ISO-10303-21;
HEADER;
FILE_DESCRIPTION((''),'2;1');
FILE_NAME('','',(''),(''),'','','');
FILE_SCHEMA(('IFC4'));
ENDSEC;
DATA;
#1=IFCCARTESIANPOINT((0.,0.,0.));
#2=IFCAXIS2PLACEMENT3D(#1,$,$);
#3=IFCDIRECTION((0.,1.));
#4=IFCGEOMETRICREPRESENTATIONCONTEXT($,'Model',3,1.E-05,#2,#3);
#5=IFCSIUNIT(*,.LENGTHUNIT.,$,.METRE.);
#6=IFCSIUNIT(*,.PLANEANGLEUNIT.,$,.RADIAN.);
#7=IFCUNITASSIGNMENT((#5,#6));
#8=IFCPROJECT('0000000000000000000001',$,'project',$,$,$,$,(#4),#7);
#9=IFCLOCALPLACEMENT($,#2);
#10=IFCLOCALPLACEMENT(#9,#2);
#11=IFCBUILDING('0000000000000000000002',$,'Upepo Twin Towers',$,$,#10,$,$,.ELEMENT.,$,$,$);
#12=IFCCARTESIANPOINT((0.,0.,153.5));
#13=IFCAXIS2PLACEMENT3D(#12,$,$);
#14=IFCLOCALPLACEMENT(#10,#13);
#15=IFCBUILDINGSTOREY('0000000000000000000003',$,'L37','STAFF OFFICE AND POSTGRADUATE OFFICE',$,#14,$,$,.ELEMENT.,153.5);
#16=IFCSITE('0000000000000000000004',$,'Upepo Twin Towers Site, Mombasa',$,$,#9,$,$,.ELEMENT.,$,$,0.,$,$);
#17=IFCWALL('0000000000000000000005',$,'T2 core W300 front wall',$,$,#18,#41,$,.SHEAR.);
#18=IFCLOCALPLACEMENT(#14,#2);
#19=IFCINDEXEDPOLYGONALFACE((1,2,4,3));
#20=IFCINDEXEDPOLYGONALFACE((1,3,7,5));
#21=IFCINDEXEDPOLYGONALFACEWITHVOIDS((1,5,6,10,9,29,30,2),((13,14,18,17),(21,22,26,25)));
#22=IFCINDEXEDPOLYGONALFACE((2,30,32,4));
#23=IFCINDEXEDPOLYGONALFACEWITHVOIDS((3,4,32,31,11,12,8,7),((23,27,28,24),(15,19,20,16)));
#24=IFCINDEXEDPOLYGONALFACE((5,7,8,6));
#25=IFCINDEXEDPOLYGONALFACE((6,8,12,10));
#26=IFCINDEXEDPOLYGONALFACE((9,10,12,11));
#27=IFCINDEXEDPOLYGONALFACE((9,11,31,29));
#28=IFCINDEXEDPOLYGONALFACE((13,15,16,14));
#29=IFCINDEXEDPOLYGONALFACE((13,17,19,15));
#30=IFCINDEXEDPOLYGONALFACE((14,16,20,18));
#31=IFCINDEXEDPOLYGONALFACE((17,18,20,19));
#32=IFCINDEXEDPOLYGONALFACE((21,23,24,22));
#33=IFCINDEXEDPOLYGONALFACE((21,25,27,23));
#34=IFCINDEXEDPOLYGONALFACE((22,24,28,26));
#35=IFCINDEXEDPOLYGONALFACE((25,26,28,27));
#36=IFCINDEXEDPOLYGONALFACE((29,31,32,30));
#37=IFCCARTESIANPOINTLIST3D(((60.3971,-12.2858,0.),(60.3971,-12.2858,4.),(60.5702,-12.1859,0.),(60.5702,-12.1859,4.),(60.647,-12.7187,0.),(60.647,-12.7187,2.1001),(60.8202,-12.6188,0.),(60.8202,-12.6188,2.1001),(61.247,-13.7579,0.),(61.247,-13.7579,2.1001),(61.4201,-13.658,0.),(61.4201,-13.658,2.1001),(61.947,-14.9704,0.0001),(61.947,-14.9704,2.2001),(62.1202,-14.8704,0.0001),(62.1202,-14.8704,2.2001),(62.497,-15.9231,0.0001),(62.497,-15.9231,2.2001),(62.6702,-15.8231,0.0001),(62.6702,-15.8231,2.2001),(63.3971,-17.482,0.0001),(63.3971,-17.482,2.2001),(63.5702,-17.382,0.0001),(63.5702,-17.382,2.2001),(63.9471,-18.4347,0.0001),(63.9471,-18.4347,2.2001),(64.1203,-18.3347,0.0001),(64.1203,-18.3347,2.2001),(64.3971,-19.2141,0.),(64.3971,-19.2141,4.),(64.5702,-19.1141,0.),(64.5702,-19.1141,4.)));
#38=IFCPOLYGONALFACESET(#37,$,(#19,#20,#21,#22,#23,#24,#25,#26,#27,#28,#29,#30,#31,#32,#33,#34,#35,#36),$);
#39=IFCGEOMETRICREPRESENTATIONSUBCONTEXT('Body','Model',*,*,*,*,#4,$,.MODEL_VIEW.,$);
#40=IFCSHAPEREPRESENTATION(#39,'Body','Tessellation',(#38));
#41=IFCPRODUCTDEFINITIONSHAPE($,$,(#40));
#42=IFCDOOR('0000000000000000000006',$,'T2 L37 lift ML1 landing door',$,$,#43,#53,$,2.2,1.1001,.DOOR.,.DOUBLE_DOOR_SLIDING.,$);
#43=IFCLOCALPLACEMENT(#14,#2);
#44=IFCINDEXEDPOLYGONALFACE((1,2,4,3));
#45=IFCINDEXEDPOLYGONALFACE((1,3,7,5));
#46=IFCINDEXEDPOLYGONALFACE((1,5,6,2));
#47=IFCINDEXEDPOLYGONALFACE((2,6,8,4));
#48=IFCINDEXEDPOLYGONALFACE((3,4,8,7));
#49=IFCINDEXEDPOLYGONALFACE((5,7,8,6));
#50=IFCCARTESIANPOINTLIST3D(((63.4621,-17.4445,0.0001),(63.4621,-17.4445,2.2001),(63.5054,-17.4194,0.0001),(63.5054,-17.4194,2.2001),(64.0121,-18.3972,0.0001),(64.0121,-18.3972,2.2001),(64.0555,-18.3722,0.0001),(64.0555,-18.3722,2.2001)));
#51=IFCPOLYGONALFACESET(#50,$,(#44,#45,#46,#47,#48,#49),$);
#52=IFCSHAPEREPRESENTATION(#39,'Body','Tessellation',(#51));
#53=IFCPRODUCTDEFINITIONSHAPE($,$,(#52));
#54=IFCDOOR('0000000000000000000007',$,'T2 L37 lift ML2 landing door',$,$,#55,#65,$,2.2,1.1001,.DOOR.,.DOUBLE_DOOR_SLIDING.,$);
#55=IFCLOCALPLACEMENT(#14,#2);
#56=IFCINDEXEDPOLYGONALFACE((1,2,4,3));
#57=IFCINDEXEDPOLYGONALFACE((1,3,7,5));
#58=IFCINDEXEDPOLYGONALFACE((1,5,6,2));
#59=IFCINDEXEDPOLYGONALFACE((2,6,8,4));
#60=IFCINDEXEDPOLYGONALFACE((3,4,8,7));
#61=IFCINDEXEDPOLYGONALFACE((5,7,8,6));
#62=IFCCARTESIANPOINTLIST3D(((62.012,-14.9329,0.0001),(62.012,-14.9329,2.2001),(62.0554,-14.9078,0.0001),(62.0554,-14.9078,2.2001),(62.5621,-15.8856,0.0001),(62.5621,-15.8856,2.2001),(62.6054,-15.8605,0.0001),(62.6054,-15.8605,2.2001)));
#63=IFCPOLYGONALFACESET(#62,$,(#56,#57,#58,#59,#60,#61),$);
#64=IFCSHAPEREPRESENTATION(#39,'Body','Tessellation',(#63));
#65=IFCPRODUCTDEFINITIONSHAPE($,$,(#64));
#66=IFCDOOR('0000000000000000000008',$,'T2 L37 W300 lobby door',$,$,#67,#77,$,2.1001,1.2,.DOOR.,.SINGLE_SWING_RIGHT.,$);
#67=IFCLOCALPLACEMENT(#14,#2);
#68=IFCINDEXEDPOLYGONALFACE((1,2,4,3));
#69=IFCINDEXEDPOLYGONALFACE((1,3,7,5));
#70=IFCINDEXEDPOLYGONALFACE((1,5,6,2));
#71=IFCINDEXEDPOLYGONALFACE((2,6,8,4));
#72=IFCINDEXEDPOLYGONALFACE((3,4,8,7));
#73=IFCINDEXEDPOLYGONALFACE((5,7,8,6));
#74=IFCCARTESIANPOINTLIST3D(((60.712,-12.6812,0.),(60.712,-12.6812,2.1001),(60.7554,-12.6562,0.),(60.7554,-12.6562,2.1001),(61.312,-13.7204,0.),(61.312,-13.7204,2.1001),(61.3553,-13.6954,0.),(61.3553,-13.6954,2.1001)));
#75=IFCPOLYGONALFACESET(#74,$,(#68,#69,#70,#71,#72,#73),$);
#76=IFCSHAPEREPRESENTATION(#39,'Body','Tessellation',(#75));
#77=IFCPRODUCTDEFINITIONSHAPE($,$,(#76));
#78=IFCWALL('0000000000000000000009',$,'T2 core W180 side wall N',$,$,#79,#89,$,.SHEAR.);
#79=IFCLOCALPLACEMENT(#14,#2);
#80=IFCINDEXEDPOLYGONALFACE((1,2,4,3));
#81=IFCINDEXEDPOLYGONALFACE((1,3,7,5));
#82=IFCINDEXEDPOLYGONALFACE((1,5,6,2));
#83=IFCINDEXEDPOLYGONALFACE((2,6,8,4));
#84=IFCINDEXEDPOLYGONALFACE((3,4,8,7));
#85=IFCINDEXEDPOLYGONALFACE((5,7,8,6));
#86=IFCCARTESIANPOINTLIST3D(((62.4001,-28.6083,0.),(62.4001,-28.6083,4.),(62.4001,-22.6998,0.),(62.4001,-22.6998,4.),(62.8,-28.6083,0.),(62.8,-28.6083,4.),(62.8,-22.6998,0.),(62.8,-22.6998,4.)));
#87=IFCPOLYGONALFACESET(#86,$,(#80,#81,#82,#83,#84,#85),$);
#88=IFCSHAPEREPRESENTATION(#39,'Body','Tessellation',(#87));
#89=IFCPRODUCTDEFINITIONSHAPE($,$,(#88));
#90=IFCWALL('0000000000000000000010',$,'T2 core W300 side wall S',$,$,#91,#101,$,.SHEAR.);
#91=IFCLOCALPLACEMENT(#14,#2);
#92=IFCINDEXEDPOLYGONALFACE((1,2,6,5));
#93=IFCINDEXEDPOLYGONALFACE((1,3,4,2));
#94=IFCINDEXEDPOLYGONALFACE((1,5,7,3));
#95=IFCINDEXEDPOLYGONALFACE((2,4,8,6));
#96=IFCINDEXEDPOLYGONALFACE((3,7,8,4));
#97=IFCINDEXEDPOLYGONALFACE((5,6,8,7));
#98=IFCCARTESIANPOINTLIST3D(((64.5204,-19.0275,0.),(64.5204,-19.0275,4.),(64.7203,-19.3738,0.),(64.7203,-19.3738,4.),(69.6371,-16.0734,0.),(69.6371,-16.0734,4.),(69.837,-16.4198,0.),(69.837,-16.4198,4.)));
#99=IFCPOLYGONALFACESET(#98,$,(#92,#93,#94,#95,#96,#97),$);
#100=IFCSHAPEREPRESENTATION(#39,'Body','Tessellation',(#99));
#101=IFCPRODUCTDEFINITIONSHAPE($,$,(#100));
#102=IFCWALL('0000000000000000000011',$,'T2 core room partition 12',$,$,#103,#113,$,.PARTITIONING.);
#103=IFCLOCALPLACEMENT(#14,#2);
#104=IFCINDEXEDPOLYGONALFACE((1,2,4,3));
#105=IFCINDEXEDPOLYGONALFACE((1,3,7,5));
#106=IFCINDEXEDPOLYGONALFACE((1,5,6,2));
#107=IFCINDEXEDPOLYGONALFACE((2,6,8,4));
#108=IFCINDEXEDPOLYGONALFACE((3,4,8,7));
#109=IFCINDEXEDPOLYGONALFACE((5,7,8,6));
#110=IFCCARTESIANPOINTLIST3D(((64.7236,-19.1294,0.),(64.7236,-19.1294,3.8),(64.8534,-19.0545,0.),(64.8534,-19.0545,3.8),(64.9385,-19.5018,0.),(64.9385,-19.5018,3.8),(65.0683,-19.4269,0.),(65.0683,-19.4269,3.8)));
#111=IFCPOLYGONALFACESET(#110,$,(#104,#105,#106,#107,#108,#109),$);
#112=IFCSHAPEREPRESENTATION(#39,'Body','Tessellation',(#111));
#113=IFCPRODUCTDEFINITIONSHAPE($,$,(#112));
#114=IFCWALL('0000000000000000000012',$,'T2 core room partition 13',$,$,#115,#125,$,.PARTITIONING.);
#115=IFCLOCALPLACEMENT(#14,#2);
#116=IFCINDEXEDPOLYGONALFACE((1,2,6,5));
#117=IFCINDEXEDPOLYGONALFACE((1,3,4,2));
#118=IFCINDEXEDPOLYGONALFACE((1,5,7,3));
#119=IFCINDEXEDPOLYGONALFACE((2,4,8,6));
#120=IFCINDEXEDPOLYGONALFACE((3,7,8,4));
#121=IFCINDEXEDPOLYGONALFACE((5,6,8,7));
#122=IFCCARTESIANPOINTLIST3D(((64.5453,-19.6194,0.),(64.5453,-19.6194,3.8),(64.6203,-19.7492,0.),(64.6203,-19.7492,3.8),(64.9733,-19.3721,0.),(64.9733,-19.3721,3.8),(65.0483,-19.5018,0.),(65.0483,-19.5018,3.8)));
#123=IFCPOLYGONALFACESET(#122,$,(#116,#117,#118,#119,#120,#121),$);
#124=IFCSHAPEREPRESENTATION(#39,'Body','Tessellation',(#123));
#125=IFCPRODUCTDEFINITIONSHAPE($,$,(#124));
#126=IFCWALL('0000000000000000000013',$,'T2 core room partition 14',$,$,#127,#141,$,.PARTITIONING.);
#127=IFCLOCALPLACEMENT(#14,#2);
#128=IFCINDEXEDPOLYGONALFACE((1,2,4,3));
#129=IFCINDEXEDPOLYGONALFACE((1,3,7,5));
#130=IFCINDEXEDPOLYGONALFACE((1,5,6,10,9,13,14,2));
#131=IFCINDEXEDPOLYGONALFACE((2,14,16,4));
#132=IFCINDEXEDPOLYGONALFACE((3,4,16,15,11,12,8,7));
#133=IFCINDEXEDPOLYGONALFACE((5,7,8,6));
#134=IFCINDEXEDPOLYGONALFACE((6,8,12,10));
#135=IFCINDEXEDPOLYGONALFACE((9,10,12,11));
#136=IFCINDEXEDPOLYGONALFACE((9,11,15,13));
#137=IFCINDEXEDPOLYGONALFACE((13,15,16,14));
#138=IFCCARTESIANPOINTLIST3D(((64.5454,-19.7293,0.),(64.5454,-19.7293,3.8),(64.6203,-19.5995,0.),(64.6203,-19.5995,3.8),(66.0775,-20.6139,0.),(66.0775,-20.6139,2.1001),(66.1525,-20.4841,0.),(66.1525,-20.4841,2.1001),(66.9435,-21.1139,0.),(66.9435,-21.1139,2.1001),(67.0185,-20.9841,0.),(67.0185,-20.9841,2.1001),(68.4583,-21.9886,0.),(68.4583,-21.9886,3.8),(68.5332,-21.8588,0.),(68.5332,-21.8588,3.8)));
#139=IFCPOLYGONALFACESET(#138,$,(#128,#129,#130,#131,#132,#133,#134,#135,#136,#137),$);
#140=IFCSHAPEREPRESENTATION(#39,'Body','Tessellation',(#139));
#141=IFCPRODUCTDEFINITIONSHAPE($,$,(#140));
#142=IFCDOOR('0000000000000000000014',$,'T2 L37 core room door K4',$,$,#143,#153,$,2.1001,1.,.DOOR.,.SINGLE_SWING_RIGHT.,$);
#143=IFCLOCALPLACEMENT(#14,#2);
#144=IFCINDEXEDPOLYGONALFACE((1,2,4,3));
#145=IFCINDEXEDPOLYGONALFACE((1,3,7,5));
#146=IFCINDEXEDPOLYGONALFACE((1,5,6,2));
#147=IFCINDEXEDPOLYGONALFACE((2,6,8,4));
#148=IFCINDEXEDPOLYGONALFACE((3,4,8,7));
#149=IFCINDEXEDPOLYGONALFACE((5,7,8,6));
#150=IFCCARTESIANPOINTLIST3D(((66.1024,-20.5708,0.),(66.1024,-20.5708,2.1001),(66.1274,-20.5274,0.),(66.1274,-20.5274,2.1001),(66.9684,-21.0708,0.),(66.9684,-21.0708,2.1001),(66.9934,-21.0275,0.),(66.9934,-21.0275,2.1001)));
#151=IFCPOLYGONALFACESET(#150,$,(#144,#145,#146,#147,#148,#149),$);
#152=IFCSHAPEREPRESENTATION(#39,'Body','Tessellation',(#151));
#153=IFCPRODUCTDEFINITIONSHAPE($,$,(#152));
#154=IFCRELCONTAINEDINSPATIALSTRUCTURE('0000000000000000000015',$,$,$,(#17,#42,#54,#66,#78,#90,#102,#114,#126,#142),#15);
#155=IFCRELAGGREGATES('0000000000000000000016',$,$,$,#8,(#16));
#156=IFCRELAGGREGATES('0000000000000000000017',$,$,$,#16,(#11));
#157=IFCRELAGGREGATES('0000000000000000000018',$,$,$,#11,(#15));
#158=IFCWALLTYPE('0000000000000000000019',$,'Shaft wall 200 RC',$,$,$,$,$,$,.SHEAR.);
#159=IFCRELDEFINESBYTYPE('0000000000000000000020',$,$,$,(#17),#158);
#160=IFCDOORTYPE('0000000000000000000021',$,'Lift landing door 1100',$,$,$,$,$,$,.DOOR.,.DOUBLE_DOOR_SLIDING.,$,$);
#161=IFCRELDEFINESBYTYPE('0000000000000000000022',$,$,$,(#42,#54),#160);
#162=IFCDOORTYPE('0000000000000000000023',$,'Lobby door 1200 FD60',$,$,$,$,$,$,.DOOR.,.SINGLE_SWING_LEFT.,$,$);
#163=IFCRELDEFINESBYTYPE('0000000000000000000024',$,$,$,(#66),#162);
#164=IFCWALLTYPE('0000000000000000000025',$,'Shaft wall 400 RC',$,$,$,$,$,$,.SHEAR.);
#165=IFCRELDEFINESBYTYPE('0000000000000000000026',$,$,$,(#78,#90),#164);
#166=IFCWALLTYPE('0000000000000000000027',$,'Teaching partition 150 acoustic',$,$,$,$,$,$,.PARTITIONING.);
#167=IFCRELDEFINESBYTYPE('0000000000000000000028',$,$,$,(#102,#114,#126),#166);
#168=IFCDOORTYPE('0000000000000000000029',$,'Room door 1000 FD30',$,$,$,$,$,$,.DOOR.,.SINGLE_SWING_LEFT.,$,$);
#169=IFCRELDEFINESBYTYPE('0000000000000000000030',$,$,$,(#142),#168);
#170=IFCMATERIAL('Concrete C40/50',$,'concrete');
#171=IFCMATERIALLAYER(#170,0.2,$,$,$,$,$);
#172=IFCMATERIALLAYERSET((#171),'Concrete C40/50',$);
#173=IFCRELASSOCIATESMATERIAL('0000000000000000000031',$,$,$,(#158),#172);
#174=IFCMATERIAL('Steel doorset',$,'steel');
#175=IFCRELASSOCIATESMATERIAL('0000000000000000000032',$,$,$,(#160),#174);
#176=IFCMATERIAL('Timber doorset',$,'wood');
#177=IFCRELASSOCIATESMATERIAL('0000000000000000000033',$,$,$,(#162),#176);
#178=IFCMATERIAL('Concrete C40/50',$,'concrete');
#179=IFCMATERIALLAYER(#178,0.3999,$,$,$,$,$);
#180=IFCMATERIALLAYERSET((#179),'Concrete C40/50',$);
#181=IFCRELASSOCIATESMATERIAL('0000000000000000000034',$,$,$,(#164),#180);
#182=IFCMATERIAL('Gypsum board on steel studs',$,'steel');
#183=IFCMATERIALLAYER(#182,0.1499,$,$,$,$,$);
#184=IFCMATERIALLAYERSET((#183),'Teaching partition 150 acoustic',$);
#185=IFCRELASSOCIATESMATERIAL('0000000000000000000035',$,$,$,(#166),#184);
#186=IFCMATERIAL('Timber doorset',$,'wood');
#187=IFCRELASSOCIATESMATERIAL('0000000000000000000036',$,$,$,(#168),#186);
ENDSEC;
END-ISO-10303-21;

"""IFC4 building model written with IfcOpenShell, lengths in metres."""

from ifc_helpers import new_model, si_unit, direction, frame, frame_2d, origin, place, context, subcontext, project, spatial, rectangle, extrude, material, layer, layer_set, type_object, element, fill, save


model = new_model("IFC4")

# Units and contexts
model_context = context("Model", 3, precision=1e-05, world=origin(), true_north=direction((0.0, 1.0)))
body_context = subcontext(model_context, "Body", "Model", "MODEL_VIEW")
ifc_project = project(units=[si_unit("LENGTHUNIT", "METRE"), si_unit("PLANEANGLEUNIT", "RADIAN")], contexts=[model_context])

# Site, building, storey
site_placement = place(None, origin())
site = spatial("IfcSite", under=ifc_project, at=site_placement, Name="Upepo Twin Towers Site, Mombasa", CompositionType="ELEMENT", RefElevation=0.0)
building_placement = place(site_placement, origin())
building = spatial("IfcBuilding", under=site, at=building_placement, Name="Upepo Twin Towers", CompositionType="ELEMENT")
storey_placement = place(building_placement, frame((0.0, 0.0, 153.5)))
storey = spatial("IfcBuildingStorey", under=building, at=storey_placement, Name="L37", Description="STAFF OFFICE AND POSTGRADUATE OFFICE", CompositionType="ELEMENT", Elevation=153.5)

# Shared definitions
ifc_material_1 = material(Name="Concrete C40/50", Category="concrete")
ifc_layer_1 = layer(ifc_material_1, 0.2)
ifc_layer_set_1 = layer_set([ifc_layer_1], Name="Concrete C40/50")
wall_type_1 = type_object("IfcWallType", Name="Shaft wall 200 RC", PredefinedType="SHEAR", material=ifc_layer_set_1)

# Wall, openings, doors
wall_1_placement = place(storey_placement, frame((64.4836, -19.1641, 0.0), z_axis=(0.0, 0.0, 1.0), x_axis=(-0.499999, 0.866026, 0.0)))
wall_1 = element("IfcWall", 1, at=wall_1_placement, inside=storey, type_object=wall_type_1, Name="T2 core W300 front wall", PredefinedType="SHEAR", context=body_context, shape_type="SweptSolid", body=[
    extrude(rectangle(XDim=8.0, YDim=0.2, at=frame_2d((4.0, 0.0))), origin(), (0.0, 0.0, 1.0), 4.0),
])
opening_1_placement = place(wall_1_placement, frame((6.3, 0.0, 0.0)))
opening_1 = element("IfcOpeningElement", 2, at=opening_1_placement, cuts=wall_1, PredefinedType="OPENING", context=body_context, shape_type="SweptSolid", body=[
    extrude(rectangle(XDim=1.2, YDim=2.1001, at=frame_2d((0.6001, 1.05))), frame((0.0, 0.1099, 0.0), z_axis=(0.0, -1.0, 0.0), x_axis=(1.0, 0.0, 0.0)), (0.0, 0.0, 1.0), 0.22),
])
opening_2_placement = place(wall_1_placement, frame((0.8999, 0.0, 0.0)))
opening_2 = element("IfcOpeningElement", 3, at=opening_2_placement, cuts=wall_1, PredefinedType="OPENING", context=body_context, shape_type="SweptSolid", body=[
    extrude(rectangle(XDim=1.1001, YDim=2.2, at=frame_2d((0.55, 1.1001))), frame((0.0, 0.1099, 0.0), z_axis=(0.0, -1.0, 0.0), x_axis=(1.0, 0.0, 0.0)), (0.0, 0.0, 1.0), 0.22),
])
opening_3_placement = place(wall_1_placement, frame((3.8, 0.0, 0.0)))
opening_3 = element("IfcOpeningElement", 4, at=opening_3_placement, cuts=wall_1, PredefinedType="OPENING", context=body_context, shape_type="SweptSolid", body=[
    extrude(rectangle(XDim=1.1001, YDim=2.2, at=frame_2d((0.55, 1.1001))), frame((0.0, 0.1099, 0.0), z_axis=(0.0, -1.0, 0.0), x_axis=(1.0, 0.0, 0.0)), (0.0, 0.0, 1.0), 0.22),
])
ifc_material_2 = material(Name="Steel doorset", Category="steel")
door_type_1 = type_object("IfcDoorType", Name="Lift landing door 1100", OperationType="DOUBLE_DOOR_SLIDING", PredefinedType="DOOR", material=ifc_material_2)
door_1_placement = place(opening_2_placement, origin())
door_1 = element("IfcDoor", 5, at=door_1_placement, inside=storey, type_object=door_type_1, Name="T2 L37 lift ML1 landing door", OperationType="DOUBLE_DOOR_SLIDING", OverallHeight=2.2, OverallWidth=1.1001, PredefinedType="DOOR", context=body_context, shape_type="SweptSolid", body=[
    extrude(rectangle(XDim=1.1001, YDim=2.2, at=frame_2d((0.55, 1.1001))), frame((0.0, 0.0249, 0.0), z_axis=(0.0, -1.0, 0.0), x_axis=(1.0, 0.0, 0.0)), (0.0, 0.0, 1.0), 0.05),
])
fill(opening_2, door_1)
door_2_placement = place(opening_3_placement, origin())
door_2 = element("IfcDoor", 6, at=door_2_placement, inside=storey, type_object=door_type_1, Name="T2 L37 lift ML2 landing door", OperationType="DOUBLE_DOOR_SLIDING", OverallHeight=2.2, OverallWidth=1.1001, PredefinedType="DOOR", context=body_context, shape_type="SweptSolid", body=[
    extrude(rectangle(XDim=1.1001, YDim=2.2, at=frame_2d((0.55, 1.1001))), frame((0.0, 0.0249, 0.0), z_axis=(0.0, -1.0, 0.0), x_axis=(1.0, 0.0, 0.0)), (0.0, 0.0, 1.0), 0.05),
])
fill(opening_3, door_2)
ifc_material_3 = material(Name="Timber doorset", Category="wood")
door_type_2 = type_object("IfcDoorType", Name="Lobby door 1200 FD60", OperationType="SINGLE_SWING_LEFT", PredefinedType="DOOR", material=ifc_material_3)
door_3_placement = place(opening_1_placement, origin())
door_3 = element("IfcDoor", 7, at=door_3_placement, inside=storey, type_object=door_type_2, Name="T2 L37 W300 lobby door", OperationType="SINGLE_SWING_RIGHT", OverallHeight=2.1001, OverallWidth=1.2, PredefinedType="DOOR", context=body_context, shape_type="SweptSolid", body=[
    extrude(rectangle(XDim=1.2, YDim=2.1001, at=frame_2d((0.6001, 1.05))), frame((0.0, 0.0249, 0.0), z_axis=(0.0, -1.0, 0.0), x_axis=(1.0, 0.0, 0.0)), (0.0, 0.0, 1.0), 0.05),
])
fill(opening_1, door_3)

# Walls
ifc_material_4 = material(Name="Concrete C40/50", Category="concrete")
ifc_layer_2 = layer(ifc_material_4, 0.3999)
ifc_layer_set_2 = layer_set([ifc_layer_2], Name="Concrete C40/50")
wall_type_2 = type_object("IfcWallType", Name="Shaft wall 400 RC", PredefinedType="SHEAR", material=ifc_layer_set_2)
wall_2_placement = place(storey_placement, frame((62.6001, -22.7, 0.0), z_axis=(0.0, 0.0, 1.0), x_axis=(0.0, -1.0, 0.0)))
element("IfcWall", 8, at=wall_2_placement, inside=storey, type_object=wall_type_2, Name="T2 core W180 side wall N", PredefinedType="SHEAR", context=body_context, shape_type="SweptSolid", body=[
    extrude(rectangle(XDim=5.9084, YDim=0.3999, at=frame_2d((2.9541, 0.0))), origin(), (0.0, 0.0, 1.0), 4.0),
])
wall_3_placement = place(storey_placement, frame((64.6204, -19.2007, 0.0), z_axis=(0.0, 0.0, 1.0), x_axis=(0.866027, 0.499997, 0.0)))
element("IfcWall", 9, at=wall_3_placement, inside=storey, type_object=wall_type_2, Name="T2 core W300 side wall S", PredefinedType="SHEAR", context=body_context, shape_type="SweptSolid", body=[
    extrude(rectangle(XDim=5.9082, YDim=0.3999, at=frame_2d((2.9541, 0.0))), origin(), (0.0, 0.0, 1.0), 4.0),
])
ifc_material_5 = material(Name="Gypsum board on steel studs", Category="steel")
ifc_layer_3 = layer(ifc_material_5, 0.1499)
ifc_layer_set_3 = layer_set([ifc_layer_3], Name="Teaching partition 150 acoustic")
wall_type_3 = type_object("IfcWallType", Name="Teaching partition 150 acoustic", PredefinedType="PARTITIONING", material=ifc_layer_set_3)
wall_4_placement = place(storey_placement, frame((64.7886, -19.092, 0.0), z_axis=(0.0, 0.0, 1.0), x_axis=(0.499804, -0.866138, 0.0)))
element("IfcWall", 10, at=wall_4_placement, inside=storey, type_object=wall_type_3, Name="T2 core room partition 12", PredefinedType="PARTITIONING", context=body_context, shape_type="SweptSolid", body=[
    extrude(rectangle(XDim=0.4299, YDim=0.1499, at=frame_2d((0.2148, 0.0))), origin(), (0.0, 0.0, 1.0), 3.8),
])
wall_5_placement = place(storey_placement, frame((65.0107, -19.437, 0.0), z_axis=(0.0, 0.0, 1.0), x_axis=(-0.865832, -0.500335, 0.0)))
element("IfcWall", 11, at=wall_5_placement, inside=storey, type_object=wall_type_3, Name="T2 core room partition 13", PredefinedType="PARTITIONING", context=body_context, shape_type="SweptSolid", body=[
    extrude(rectangle(XDim=0.4944, YDim=0.1499, at=frame_2d((0.2471, 0.0))), origin(), (0.0, 0.0, 1.0), 3.8),
])

# Wall, opening, door
wall_6_placement = place(storey_placement, frame((64.5828, -19.6643, 0.0), z_axis=(0.0, 0.0, 1.0), x_axis=(0.866007, -0.500033, 0.0)))
wall_6 = element("IfcWall", 12, at=wall_6_placement, inside=storey, type_object=wall_type_3, Name="T2 core room partition 14", PredefinedType="PARTITIONING", context=body_context, shape_type="SweptSolid", body=[
    extrude(rectangle(XDim=4.5183, YDim=0.1499, at=frame_2d((2.2593, 0.0))), origin(), (0.0, 0.0, 1.0), 3.8),
])
opening_4_placement = place(wall_6_placement, frame((1.7693, 0.0, 0.0)))
opening_4 = element("IfcOpeningElement", 13, at=opening_4_placement, cuts=wall_6, PredefinedType="OPENING", context=body_context, shape_type="SweptSolid", body=[
    extrude(rectangle(XDim=1.0, YDim=2.1001, at=frame_2d((0.5, 1.05))), frame((0.0, 0.085, 0.0), z_axis=(0.0, -1.0, 0.0), x_axis=(1.0, 0.0, 0.0)), (0.0, 0.0, 1.0), 0.1699),
])
ifc_material_6 = material(Name="Timber doorset", Category="wood")
door_type_3 = type_object("IfcDoorType", Name="Room door 1000 FD30", OperationType="SINGLE_SWING_LEFT", PredefinedType="DOOR", material=ifc_material_6)
door_4_placement = place(opening_4_placement, origin())
door_4 = element("IfcDoor", 14, at=door_4_placement, inside=storey, type_object=door_type_3, Name="T2 L37 core room door K4", OperationType="SINGLE_SWING_RIGHT", OverallHeight=2.1001, OverallWidth=1.0, PredefinedType="DOOR", context=body_context, shape_type="SweptSolid", body=[
    extrude(rectangle(XDim=1.0, YDim=2.1001, at=frame_2d((0.5, 1.05))), frame((0.0, 0.0249, 0.0), z_axis=(0.0, -1.0, 0.0), x_axis=(1.0, 0.0, 0.0)), (0.0, 0.0, 1.0), 0.05),
])
fill(opening_4, door_4)

save(model, "model.ifc")
